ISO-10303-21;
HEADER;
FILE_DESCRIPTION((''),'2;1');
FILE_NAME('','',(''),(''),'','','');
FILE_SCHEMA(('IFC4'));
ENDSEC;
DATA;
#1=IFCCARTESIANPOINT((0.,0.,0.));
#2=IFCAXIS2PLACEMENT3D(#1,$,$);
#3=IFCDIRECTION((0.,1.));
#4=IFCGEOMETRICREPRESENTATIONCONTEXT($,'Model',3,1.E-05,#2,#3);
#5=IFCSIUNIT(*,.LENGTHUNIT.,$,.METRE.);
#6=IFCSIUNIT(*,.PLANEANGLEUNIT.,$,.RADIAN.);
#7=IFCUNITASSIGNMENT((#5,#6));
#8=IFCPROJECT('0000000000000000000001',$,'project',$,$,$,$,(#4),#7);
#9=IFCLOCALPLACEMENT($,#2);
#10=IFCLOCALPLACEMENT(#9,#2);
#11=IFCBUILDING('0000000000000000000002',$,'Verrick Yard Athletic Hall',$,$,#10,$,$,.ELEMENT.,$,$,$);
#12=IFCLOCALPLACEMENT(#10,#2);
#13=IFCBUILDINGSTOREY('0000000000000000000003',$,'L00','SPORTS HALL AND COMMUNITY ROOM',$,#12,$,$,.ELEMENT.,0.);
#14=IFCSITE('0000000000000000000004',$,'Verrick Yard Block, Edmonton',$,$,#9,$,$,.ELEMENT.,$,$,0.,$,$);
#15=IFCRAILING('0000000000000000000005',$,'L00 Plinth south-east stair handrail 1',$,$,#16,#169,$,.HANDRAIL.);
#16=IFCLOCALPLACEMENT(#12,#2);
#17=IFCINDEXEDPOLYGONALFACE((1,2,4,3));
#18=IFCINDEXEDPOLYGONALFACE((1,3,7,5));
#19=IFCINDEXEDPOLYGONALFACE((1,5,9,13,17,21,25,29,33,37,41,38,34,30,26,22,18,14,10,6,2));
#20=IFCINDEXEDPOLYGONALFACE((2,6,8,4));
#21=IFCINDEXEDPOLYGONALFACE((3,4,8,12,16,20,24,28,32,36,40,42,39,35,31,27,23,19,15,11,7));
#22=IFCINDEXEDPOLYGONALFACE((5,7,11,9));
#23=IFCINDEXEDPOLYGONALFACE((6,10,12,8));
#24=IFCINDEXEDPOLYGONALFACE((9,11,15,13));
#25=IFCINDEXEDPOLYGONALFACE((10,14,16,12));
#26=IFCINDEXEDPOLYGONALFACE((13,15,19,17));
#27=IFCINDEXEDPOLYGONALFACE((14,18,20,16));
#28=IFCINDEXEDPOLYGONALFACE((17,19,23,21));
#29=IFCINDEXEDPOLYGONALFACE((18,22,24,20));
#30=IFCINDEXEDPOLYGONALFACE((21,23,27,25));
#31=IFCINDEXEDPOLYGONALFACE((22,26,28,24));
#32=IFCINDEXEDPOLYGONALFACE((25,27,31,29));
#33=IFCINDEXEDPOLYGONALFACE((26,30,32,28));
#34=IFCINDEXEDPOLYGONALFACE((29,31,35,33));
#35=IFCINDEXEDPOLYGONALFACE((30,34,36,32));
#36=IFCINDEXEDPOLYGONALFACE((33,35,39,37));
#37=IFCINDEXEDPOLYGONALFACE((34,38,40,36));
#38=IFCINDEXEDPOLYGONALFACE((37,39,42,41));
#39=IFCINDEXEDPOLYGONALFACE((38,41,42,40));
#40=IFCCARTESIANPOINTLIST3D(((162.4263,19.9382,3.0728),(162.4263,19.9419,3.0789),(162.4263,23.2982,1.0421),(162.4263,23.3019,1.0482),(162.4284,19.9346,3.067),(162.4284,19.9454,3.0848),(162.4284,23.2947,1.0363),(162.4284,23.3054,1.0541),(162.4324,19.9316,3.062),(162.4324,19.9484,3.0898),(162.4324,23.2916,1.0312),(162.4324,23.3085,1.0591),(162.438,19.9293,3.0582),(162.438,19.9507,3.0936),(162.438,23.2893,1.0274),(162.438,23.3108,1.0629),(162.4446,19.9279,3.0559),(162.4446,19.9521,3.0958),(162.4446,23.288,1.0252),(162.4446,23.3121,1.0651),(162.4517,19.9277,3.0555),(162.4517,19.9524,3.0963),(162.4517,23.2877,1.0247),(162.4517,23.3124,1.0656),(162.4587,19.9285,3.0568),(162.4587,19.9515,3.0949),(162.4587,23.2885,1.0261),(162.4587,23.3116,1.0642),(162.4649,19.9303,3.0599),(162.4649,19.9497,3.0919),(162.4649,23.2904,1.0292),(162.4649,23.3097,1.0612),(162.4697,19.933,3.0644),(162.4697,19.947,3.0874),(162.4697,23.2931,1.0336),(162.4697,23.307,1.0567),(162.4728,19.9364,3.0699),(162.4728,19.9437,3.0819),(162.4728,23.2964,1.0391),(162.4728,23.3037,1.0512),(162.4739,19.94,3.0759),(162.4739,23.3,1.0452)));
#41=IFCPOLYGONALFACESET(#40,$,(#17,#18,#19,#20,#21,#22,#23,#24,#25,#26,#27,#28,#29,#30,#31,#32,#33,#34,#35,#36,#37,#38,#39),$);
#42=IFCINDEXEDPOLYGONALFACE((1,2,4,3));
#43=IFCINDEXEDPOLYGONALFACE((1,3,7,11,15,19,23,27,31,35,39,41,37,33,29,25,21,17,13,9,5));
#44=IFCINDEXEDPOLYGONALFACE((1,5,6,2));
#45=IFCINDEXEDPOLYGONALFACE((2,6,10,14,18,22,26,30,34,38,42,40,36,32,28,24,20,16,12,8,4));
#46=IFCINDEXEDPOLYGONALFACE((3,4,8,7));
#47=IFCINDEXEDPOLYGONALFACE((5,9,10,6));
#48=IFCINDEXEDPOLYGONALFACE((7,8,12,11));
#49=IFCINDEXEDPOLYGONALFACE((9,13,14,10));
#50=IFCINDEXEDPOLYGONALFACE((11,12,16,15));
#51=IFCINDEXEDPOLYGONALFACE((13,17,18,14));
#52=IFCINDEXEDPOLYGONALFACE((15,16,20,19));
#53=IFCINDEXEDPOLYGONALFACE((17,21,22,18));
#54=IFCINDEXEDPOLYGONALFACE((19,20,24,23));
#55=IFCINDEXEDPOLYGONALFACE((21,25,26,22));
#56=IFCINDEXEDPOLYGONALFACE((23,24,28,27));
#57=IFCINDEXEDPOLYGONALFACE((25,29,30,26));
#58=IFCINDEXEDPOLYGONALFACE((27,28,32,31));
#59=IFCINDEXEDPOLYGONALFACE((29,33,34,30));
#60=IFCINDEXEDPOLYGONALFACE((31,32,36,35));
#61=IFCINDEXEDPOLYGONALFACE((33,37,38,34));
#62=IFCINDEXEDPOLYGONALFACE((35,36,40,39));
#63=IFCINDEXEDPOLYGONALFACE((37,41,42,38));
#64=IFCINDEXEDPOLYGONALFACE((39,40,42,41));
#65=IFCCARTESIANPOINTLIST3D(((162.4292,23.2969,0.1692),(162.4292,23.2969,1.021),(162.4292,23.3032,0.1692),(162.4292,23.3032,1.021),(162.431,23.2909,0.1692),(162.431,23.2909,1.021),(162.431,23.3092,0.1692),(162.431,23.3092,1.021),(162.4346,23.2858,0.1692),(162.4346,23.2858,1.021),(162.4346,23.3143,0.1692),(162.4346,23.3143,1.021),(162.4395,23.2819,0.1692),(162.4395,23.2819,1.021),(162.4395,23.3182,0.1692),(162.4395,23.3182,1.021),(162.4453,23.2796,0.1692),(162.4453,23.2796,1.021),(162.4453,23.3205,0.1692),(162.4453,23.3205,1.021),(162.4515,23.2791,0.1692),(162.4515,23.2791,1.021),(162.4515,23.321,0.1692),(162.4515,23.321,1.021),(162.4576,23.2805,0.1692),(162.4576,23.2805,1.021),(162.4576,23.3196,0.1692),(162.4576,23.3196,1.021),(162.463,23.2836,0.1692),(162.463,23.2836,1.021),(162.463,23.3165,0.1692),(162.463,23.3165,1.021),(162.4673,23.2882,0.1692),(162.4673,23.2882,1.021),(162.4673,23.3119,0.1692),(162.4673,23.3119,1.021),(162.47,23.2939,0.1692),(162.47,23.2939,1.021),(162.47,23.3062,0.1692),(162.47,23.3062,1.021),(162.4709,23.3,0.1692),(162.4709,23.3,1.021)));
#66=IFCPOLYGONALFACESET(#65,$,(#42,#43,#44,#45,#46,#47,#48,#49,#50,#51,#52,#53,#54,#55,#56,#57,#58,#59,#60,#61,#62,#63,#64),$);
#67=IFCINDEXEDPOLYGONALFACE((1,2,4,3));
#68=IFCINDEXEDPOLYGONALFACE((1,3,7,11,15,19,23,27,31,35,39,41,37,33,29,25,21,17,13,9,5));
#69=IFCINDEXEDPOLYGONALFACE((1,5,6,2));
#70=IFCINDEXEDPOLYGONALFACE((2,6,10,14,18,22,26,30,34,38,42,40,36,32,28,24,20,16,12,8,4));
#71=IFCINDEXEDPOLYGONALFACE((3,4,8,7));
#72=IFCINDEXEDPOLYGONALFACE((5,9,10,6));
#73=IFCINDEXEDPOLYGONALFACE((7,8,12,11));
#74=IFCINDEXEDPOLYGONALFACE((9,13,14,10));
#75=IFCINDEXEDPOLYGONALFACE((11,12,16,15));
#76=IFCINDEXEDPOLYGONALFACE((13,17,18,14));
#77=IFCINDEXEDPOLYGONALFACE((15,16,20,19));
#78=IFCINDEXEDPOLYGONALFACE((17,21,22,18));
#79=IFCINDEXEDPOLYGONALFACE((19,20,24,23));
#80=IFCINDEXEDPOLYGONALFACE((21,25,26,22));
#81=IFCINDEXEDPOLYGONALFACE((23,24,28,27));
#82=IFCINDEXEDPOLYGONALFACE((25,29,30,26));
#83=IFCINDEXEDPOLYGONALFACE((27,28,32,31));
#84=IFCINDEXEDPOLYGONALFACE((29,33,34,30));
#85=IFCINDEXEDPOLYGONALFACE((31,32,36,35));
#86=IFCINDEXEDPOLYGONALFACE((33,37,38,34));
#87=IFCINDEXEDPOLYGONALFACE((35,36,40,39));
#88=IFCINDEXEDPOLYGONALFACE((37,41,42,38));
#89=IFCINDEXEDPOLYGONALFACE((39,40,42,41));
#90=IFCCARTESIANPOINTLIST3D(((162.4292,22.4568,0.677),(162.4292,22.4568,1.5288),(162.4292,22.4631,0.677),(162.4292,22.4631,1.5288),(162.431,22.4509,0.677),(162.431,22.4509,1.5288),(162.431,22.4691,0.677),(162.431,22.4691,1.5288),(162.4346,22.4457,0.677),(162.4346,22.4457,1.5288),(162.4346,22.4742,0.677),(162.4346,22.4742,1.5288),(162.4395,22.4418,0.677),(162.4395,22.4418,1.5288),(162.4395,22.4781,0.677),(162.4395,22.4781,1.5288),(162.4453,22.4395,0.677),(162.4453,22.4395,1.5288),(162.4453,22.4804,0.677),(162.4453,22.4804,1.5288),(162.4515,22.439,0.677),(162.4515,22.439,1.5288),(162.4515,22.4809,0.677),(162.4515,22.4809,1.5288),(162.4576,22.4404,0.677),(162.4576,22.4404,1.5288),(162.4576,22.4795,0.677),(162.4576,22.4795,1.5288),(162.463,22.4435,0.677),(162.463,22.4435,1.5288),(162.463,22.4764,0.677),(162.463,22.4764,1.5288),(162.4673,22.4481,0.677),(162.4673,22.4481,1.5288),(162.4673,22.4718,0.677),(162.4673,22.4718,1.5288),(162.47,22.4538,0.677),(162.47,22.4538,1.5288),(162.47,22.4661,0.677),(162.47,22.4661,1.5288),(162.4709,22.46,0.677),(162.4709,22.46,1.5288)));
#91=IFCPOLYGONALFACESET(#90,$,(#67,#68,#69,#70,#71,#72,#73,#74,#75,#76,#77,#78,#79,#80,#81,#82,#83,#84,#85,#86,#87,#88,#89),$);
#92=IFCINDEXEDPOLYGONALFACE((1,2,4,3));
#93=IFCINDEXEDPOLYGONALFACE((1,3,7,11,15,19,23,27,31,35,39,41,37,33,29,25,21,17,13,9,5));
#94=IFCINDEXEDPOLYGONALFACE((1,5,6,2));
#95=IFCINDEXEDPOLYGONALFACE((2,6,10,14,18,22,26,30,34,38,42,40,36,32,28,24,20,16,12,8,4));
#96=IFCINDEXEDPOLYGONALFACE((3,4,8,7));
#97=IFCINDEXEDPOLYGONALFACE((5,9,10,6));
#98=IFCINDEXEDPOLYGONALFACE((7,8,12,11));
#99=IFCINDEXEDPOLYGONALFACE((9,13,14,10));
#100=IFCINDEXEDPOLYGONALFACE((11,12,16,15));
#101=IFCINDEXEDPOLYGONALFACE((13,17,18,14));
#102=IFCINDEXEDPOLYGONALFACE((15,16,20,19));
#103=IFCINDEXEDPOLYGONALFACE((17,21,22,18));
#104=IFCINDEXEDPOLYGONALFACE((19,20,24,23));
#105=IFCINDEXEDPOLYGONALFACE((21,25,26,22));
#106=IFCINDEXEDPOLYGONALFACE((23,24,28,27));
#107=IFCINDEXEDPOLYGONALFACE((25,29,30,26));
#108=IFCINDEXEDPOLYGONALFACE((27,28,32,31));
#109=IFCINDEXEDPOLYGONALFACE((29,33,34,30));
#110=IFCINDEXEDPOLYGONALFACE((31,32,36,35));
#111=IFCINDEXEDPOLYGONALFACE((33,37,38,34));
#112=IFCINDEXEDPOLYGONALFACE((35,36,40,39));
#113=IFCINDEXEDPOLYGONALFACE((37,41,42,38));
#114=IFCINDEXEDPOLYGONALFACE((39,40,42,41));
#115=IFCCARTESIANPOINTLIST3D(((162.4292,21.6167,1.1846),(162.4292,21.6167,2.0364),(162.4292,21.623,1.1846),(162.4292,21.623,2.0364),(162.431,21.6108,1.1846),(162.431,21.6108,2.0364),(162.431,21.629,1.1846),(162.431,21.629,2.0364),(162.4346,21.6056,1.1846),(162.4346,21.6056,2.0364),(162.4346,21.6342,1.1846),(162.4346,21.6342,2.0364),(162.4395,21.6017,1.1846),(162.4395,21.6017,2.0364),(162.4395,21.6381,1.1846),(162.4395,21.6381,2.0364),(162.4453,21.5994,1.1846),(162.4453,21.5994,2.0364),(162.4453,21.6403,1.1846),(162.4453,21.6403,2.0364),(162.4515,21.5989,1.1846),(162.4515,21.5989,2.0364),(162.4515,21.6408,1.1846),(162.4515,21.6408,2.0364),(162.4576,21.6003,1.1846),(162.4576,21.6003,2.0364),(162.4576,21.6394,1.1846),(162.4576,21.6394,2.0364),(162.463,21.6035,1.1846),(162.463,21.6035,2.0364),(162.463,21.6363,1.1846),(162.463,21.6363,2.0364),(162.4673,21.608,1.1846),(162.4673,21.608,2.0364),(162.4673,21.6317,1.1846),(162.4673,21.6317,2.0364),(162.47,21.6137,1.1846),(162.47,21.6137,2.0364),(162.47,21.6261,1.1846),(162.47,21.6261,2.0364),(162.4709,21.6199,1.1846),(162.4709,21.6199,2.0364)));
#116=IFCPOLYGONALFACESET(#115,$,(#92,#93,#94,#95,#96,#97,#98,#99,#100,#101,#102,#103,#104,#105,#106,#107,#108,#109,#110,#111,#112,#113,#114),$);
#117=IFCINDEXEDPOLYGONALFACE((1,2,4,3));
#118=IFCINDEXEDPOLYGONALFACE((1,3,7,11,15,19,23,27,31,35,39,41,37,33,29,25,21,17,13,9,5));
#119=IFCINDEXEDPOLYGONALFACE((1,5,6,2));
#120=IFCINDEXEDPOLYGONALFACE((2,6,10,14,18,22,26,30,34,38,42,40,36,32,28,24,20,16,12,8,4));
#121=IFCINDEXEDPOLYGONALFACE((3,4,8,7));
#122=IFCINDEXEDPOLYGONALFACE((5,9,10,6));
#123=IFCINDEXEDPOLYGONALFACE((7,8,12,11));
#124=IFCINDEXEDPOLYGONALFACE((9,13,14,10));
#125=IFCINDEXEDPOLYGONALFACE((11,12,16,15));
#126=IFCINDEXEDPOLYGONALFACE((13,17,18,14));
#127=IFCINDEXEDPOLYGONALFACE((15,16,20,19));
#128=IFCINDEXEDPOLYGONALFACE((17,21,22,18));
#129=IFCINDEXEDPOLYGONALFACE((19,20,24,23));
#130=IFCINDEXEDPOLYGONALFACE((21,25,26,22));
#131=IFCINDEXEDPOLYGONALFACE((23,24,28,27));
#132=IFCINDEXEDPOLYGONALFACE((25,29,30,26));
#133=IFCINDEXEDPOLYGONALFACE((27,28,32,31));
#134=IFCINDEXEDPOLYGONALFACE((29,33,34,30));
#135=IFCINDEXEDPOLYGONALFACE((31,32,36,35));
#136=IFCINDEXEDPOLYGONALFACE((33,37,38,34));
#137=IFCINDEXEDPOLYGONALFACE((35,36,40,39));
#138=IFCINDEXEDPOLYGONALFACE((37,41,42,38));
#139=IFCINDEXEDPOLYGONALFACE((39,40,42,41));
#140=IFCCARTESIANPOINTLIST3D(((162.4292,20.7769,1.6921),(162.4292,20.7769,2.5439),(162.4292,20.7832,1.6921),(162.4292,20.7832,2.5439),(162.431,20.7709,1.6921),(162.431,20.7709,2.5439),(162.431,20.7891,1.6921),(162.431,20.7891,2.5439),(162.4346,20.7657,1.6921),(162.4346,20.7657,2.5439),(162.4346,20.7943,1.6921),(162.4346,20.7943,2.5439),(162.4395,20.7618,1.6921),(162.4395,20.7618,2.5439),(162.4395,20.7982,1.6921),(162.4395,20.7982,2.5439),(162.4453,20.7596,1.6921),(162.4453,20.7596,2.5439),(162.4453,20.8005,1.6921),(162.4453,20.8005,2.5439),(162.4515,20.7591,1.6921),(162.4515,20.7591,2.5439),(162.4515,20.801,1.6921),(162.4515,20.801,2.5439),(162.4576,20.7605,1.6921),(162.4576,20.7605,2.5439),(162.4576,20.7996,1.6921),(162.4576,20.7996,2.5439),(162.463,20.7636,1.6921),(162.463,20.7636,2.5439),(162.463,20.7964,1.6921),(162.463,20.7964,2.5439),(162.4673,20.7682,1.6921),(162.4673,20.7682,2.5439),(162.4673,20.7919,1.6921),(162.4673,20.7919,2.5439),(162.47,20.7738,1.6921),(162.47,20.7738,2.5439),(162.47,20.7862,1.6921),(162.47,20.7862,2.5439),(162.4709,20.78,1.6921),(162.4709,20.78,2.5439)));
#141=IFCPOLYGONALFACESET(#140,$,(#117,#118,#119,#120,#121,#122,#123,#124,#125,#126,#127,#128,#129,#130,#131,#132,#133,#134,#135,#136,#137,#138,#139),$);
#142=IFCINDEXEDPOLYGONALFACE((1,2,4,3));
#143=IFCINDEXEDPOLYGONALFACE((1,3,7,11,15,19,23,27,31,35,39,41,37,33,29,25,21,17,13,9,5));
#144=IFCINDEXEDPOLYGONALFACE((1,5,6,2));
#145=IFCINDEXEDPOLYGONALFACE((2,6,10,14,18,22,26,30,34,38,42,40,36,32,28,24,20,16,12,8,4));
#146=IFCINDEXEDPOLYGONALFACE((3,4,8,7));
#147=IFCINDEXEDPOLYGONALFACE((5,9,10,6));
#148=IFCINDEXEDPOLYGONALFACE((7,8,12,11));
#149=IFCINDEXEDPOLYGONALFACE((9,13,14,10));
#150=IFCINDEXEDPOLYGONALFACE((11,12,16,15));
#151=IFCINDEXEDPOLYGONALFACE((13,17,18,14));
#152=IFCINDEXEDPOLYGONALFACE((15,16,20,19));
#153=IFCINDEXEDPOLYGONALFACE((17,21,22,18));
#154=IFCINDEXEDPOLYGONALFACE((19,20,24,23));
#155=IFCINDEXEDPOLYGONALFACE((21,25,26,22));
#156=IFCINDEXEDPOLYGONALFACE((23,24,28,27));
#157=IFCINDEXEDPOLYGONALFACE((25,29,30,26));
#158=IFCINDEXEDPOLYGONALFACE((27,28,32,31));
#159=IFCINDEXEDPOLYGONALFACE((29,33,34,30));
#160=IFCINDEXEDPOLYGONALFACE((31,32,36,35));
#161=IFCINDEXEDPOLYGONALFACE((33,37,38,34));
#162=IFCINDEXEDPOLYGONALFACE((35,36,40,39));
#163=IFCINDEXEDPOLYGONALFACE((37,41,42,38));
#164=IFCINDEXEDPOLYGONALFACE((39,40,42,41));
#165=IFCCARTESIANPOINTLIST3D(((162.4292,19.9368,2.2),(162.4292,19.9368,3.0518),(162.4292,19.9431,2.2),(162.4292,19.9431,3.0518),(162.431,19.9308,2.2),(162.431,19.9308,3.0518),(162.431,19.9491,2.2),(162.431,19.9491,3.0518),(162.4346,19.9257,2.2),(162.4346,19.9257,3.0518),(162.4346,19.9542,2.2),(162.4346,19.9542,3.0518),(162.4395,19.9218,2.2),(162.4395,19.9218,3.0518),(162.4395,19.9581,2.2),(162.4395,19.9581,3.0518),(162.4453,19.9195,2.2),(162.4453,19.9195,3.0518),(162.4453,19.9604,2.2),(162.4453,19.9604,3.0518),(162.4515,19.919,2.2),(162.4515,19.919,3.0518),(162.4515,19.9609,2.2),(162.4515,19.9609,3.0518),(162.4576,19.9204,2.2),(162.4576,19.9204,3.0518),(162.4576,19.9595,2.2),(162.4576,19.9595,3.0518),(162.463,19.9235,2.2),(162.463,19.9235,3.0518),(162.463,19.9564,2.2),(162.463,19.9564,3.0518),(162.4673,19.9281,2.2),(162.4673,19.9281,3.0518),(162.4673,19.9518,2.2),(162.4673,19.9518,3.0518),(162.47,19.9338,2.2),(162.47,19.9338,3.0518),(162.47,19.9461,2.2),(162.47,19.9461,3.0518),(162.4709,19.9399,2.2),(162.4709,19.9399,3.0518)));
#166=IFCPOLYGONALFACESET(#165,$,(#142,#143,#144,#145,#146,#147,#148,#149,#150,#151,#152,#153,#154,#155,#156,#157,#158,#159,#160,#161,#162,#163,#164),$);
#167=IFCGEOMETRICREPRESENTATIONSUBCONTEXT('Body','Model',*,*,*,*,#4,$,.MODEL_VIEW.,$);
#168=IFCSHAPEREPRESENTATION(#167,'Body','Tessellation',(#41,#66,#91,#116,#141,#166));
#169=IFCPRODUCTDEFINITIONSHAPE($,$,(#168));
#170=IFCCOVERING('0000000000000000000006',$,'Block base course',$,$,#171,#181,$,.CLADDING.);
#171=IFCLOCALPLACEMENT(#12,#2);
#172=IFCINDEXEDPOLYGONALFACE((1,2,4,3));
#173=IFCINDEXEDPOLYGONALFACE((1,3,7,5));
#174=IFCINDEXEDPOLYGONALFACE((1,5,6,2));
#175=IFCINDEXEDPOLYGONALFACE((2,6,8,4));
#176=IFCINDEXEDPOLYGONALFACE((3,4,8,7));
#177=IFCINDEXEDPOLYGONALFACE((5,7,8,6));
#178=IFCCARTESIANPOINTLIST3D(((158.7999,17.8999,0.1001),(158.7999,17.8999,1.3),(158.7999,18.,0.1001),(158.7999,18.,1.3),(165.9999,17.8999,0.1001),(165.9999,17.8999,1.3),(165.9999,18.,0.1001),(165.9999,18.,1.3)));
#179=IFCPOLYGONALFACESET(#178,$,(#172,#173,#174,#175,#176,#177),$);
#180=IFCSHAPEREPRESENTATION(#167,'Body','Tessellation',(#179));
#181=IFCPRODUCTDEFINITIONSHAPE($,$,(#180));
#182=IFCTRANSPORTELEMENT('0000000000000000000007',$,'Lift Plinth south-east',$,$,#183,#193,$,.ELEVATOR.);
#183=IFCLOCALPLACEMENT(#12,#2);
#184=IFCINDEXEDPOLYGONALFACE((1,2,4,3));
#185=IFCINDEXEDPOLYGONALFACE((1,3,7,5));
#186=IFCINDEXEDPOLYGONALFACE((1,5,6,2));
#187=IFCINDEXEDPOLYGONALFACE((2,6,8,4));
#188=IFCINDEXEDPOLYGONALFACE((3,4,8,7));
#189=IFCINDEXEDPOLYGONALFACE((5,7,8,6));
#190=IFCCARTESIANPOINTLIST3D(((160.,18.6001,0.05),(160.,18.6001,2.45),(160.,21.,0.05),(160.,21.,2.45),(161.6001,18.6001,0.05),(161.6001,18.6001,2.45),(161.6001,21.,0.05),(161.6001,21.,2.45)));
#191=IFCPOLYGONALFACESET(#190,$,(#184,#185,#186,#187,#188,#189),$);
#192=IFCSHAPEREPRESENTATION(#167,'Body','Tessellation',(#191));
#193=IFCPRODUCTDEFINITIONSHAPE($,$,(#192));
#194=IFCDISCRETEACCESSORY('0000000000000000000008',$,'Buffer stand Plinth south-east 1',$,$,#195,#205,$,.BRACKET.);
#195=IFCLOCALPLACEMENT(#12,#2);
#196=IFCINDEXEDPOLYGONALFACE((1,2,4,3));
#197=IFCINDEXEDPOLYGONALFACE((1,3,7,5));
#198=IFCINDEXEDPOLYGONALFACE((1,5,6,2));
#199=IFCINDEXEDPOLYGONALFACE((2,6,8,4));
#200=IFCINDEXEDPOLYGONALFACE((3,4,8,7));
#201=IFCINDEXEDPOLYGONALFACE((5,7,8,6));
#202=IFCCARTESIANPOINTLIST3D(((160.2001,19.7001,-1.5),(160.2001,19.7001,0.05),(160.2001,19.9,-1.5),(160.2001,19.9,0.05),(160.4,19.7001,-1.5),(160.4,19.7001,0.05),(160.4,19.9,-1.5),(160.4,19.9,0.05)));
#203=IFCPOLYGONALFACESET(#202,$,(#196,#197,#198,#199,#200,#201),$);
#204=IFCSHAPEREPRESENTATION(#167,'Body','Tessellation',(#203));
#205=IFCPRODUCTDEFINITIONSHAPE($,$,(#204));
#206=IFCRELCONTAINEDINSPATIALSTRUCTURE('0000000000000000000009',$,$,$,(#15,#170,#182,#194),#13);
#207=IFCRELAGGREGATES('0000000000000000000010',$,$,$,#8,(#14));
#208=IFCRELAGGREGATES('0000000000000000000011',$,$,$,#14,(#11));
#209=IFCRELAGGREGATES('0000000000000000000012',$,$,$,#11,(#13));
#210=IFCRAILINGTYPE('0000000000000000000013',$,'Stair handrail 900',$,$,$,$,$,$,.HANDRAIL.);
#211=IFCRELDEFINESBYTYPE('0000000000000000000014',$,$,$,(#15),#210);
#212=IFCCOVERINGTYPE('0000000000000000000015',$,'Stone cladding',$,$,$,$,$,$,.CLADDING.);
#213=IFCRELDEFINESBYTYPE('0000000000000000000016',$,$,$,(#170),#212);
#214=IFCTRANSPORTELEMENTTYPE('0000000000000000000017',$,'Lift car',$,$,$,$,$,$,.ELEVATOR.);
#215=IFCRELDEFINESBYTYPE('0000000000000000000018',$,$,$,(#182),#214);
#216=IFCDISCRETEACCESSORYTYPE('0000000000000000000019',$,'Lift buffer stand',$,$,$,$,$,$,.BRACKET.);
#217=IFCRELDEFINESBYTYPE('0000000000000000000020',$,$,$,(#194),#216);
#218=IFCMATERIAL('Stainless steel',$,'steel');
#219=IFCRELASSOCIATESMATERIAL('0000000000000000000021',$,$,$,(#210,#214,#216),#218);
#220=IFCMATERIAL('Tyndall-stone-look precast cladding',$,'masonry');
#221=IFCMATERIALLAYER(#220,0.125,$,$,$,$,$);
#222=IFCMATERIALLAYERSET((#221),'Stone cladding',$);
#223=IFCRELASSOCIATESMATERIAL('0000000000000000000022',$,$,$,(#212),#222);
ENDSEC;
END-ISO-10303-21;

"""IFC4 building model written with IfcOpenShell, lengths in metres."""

from ifc_helpers import new_model, si_unit, direction, frame, origin, origin_2d, place, context, subcontext, project, spatial, rectangle, circle, extrude, material, layer, layer_set, type_object, element, save


model = new_model("IFC4")

# Units and contexts
model_context = context("Model", 3, precision=1e-05, world=origin(), true_north=direction((0.0, 1.0)))
body_context = subcontext(model_context, "Body", "Model", "MODEL_VIEW")
ifc_project = project(units=[si_unit("LENGTHUNIT", "METRE"), si_unit("PLANEANGLEUNIT", "RADIAN")], contexts=[model_context])

# Site, building, storey
site_placement = place(None, origin())
site = spatial("IfcSite", under=ifc_project, at=site_placement, Name="Verrick Yard Block, Edmonton", CompositionType="ELEMENT", RefElevation=0.0)
building_placement = place(site_placement, origin())
building = spatial("IfcBuilding", under=site, at=building_placement, Name="Verrick Yard Athletic Hall", CompositionType="ELEMENT")
storey_placement = place(building_placement, origin())
storey = spatial("IfcBuildingStorey", under=building, at=storey_placement, Name="L00", Description="SPORTS HALL AND COMMUNITY ROOM", CompositionType="ELEMENT", Elevation=0.0)

# Railing
ifc_material_1 = material(Name="Stainless steel", Category="steel")
railing_type_1 = type_object("IfcRailingType", Name="Stair handrail 900", PredefinedType="HANDRAIL", material=ifc_material_1)
railing_1_placement = place(storey_placement, frame((162.45, 23.3, 0.1692)))
element("IfcRailing", 1, at=railing_1_placement, inside=storey, type_object=railing_type_1, Name="L00 Plinth south-east stair handrail 1", PredefinedType="HANDRAIL", context=body_context, shape_type="SweptSolid", body=[
    extrude(circle(Radius=0.0239, at=origin_2d()), frame((0.0, 0.0, 0.876), z_axis=(0.0, -0.855837, 0.517246), x_axis=(1.0, 0.0, 0.0)), (0.0, 0.0, 1.0), 3.926),
    extrude(circle(Radius=0.021, at=origin_2d()), origin(), (0.0, 0.0, 1.0), 0.8518),
    extrude(circle(Radius=0.021, at=origin_2d()), frame((0.0, -0.8401, 0.5078)), (0.0, 0.0, 1.0), 0.8518),
    extrude(circle(Radius=0.021, at=origin_2d()), frame((0.0, -1.6802, 1.0154)), (0.0, 0.0, 1.0), 0.8518),
    extrude(circle(Radius=0.021, at=origin_2d()), frame((0.0, -2.52, 1.5229)), (0.0, 0.0, 1.0), 0.8518),
    extrude(circle(Radius=0.021, at=origin_2d()), frame((0.0, -3.3601, 2.0308)), (0.0, 0.0, 1.0), 0.8518),
])

# Covering
ifc_material_2 = material(Name="Tyndall-stone-look precast cladding", Category="masonry")
ifc_layer_1 = layer(ifc_material_2, 0.125)
ifc_layer_set_1 = layer_set([ifc_layer_1], Name="Stone cladding")
covering_type = type_object("IfcCoveringType", Name="Stone cladding", PredefinedType="CLADDING", material=ifc_layer_set_1)
covering_placement = place(storey_placement, frame((162.3999, 17.95, 0.1001), z_axis=(0.0, 0.0, 1.0), x_axis=(1.0, 0.0, 0.0)))
element("IfcCovering", 2, at=covering_placement, inside=storey, type_object=covering_type, Name="Block base course", PredefinedType="CLADDING", context=body_context, shape_type="SweptSolid", body=[
    extrude(rectangle(XDim=7.2, YDim=0.1001, at=origin_2d()), origin(), (0.0, 0.0, 1.0), 1.2),
])

# Transport element
transport_element_type = type_object("IfcTransportElementType", Name="Lift car", PredefinedType="ELEVATOR", material=ifc_material_1)
transport_element_placement = place(storey_placement, frame((160.8, 19.8, 0.05), z_axis=(0.0, 0.0, 1.0), x_axis=(1.0, 0.0, 0.0)))
element("IfcTransportElement", 3, at=transport_element_placement, inside=storey, type_object=transport_element_type, Name="Lift Plinth south-east", PredefinedType="ELEVATOR", context=body_context, shape_type="SweptSolid", body=[
    extrude(rectangle(XDim=1.6001, YDim=2.3999, at=origin_2d()), origin(), (0.0, 0.0, 1.0), 2.3999),
])

# Discrete accessory
discrete_accessory_type = type_object("IfcDiscreteAccessoryType", Name="Lift buffer stand", PredefinedType="BRACKET", material=ifc_material_1)
for number, where, z_axis, x_axis, name in (
    (4, (160.3, 19.8, -1.5), (0.0, 0.0, 1.0), (1.0, 0.0, 0.0), "Buffer stand Plinth south-east 1"),
):
    element("IfcDiscreteAccessory", number, at=place(storey_placement, frame(where, z_axis=z_axis, x_axis=x_axis)), inside=storey, type_object=discrete_accessory_type, Name=name, PredefinedType="BRACKET", context=body_context, shape_type="SweptSolid", body=[
        extrude(rectangle(XDim=0.2, YDim=0.2, at=origin_2d()), origin(), (0.0, 0.0, 1.0), 1.55),
    ])

save(model, "model.ifc")
